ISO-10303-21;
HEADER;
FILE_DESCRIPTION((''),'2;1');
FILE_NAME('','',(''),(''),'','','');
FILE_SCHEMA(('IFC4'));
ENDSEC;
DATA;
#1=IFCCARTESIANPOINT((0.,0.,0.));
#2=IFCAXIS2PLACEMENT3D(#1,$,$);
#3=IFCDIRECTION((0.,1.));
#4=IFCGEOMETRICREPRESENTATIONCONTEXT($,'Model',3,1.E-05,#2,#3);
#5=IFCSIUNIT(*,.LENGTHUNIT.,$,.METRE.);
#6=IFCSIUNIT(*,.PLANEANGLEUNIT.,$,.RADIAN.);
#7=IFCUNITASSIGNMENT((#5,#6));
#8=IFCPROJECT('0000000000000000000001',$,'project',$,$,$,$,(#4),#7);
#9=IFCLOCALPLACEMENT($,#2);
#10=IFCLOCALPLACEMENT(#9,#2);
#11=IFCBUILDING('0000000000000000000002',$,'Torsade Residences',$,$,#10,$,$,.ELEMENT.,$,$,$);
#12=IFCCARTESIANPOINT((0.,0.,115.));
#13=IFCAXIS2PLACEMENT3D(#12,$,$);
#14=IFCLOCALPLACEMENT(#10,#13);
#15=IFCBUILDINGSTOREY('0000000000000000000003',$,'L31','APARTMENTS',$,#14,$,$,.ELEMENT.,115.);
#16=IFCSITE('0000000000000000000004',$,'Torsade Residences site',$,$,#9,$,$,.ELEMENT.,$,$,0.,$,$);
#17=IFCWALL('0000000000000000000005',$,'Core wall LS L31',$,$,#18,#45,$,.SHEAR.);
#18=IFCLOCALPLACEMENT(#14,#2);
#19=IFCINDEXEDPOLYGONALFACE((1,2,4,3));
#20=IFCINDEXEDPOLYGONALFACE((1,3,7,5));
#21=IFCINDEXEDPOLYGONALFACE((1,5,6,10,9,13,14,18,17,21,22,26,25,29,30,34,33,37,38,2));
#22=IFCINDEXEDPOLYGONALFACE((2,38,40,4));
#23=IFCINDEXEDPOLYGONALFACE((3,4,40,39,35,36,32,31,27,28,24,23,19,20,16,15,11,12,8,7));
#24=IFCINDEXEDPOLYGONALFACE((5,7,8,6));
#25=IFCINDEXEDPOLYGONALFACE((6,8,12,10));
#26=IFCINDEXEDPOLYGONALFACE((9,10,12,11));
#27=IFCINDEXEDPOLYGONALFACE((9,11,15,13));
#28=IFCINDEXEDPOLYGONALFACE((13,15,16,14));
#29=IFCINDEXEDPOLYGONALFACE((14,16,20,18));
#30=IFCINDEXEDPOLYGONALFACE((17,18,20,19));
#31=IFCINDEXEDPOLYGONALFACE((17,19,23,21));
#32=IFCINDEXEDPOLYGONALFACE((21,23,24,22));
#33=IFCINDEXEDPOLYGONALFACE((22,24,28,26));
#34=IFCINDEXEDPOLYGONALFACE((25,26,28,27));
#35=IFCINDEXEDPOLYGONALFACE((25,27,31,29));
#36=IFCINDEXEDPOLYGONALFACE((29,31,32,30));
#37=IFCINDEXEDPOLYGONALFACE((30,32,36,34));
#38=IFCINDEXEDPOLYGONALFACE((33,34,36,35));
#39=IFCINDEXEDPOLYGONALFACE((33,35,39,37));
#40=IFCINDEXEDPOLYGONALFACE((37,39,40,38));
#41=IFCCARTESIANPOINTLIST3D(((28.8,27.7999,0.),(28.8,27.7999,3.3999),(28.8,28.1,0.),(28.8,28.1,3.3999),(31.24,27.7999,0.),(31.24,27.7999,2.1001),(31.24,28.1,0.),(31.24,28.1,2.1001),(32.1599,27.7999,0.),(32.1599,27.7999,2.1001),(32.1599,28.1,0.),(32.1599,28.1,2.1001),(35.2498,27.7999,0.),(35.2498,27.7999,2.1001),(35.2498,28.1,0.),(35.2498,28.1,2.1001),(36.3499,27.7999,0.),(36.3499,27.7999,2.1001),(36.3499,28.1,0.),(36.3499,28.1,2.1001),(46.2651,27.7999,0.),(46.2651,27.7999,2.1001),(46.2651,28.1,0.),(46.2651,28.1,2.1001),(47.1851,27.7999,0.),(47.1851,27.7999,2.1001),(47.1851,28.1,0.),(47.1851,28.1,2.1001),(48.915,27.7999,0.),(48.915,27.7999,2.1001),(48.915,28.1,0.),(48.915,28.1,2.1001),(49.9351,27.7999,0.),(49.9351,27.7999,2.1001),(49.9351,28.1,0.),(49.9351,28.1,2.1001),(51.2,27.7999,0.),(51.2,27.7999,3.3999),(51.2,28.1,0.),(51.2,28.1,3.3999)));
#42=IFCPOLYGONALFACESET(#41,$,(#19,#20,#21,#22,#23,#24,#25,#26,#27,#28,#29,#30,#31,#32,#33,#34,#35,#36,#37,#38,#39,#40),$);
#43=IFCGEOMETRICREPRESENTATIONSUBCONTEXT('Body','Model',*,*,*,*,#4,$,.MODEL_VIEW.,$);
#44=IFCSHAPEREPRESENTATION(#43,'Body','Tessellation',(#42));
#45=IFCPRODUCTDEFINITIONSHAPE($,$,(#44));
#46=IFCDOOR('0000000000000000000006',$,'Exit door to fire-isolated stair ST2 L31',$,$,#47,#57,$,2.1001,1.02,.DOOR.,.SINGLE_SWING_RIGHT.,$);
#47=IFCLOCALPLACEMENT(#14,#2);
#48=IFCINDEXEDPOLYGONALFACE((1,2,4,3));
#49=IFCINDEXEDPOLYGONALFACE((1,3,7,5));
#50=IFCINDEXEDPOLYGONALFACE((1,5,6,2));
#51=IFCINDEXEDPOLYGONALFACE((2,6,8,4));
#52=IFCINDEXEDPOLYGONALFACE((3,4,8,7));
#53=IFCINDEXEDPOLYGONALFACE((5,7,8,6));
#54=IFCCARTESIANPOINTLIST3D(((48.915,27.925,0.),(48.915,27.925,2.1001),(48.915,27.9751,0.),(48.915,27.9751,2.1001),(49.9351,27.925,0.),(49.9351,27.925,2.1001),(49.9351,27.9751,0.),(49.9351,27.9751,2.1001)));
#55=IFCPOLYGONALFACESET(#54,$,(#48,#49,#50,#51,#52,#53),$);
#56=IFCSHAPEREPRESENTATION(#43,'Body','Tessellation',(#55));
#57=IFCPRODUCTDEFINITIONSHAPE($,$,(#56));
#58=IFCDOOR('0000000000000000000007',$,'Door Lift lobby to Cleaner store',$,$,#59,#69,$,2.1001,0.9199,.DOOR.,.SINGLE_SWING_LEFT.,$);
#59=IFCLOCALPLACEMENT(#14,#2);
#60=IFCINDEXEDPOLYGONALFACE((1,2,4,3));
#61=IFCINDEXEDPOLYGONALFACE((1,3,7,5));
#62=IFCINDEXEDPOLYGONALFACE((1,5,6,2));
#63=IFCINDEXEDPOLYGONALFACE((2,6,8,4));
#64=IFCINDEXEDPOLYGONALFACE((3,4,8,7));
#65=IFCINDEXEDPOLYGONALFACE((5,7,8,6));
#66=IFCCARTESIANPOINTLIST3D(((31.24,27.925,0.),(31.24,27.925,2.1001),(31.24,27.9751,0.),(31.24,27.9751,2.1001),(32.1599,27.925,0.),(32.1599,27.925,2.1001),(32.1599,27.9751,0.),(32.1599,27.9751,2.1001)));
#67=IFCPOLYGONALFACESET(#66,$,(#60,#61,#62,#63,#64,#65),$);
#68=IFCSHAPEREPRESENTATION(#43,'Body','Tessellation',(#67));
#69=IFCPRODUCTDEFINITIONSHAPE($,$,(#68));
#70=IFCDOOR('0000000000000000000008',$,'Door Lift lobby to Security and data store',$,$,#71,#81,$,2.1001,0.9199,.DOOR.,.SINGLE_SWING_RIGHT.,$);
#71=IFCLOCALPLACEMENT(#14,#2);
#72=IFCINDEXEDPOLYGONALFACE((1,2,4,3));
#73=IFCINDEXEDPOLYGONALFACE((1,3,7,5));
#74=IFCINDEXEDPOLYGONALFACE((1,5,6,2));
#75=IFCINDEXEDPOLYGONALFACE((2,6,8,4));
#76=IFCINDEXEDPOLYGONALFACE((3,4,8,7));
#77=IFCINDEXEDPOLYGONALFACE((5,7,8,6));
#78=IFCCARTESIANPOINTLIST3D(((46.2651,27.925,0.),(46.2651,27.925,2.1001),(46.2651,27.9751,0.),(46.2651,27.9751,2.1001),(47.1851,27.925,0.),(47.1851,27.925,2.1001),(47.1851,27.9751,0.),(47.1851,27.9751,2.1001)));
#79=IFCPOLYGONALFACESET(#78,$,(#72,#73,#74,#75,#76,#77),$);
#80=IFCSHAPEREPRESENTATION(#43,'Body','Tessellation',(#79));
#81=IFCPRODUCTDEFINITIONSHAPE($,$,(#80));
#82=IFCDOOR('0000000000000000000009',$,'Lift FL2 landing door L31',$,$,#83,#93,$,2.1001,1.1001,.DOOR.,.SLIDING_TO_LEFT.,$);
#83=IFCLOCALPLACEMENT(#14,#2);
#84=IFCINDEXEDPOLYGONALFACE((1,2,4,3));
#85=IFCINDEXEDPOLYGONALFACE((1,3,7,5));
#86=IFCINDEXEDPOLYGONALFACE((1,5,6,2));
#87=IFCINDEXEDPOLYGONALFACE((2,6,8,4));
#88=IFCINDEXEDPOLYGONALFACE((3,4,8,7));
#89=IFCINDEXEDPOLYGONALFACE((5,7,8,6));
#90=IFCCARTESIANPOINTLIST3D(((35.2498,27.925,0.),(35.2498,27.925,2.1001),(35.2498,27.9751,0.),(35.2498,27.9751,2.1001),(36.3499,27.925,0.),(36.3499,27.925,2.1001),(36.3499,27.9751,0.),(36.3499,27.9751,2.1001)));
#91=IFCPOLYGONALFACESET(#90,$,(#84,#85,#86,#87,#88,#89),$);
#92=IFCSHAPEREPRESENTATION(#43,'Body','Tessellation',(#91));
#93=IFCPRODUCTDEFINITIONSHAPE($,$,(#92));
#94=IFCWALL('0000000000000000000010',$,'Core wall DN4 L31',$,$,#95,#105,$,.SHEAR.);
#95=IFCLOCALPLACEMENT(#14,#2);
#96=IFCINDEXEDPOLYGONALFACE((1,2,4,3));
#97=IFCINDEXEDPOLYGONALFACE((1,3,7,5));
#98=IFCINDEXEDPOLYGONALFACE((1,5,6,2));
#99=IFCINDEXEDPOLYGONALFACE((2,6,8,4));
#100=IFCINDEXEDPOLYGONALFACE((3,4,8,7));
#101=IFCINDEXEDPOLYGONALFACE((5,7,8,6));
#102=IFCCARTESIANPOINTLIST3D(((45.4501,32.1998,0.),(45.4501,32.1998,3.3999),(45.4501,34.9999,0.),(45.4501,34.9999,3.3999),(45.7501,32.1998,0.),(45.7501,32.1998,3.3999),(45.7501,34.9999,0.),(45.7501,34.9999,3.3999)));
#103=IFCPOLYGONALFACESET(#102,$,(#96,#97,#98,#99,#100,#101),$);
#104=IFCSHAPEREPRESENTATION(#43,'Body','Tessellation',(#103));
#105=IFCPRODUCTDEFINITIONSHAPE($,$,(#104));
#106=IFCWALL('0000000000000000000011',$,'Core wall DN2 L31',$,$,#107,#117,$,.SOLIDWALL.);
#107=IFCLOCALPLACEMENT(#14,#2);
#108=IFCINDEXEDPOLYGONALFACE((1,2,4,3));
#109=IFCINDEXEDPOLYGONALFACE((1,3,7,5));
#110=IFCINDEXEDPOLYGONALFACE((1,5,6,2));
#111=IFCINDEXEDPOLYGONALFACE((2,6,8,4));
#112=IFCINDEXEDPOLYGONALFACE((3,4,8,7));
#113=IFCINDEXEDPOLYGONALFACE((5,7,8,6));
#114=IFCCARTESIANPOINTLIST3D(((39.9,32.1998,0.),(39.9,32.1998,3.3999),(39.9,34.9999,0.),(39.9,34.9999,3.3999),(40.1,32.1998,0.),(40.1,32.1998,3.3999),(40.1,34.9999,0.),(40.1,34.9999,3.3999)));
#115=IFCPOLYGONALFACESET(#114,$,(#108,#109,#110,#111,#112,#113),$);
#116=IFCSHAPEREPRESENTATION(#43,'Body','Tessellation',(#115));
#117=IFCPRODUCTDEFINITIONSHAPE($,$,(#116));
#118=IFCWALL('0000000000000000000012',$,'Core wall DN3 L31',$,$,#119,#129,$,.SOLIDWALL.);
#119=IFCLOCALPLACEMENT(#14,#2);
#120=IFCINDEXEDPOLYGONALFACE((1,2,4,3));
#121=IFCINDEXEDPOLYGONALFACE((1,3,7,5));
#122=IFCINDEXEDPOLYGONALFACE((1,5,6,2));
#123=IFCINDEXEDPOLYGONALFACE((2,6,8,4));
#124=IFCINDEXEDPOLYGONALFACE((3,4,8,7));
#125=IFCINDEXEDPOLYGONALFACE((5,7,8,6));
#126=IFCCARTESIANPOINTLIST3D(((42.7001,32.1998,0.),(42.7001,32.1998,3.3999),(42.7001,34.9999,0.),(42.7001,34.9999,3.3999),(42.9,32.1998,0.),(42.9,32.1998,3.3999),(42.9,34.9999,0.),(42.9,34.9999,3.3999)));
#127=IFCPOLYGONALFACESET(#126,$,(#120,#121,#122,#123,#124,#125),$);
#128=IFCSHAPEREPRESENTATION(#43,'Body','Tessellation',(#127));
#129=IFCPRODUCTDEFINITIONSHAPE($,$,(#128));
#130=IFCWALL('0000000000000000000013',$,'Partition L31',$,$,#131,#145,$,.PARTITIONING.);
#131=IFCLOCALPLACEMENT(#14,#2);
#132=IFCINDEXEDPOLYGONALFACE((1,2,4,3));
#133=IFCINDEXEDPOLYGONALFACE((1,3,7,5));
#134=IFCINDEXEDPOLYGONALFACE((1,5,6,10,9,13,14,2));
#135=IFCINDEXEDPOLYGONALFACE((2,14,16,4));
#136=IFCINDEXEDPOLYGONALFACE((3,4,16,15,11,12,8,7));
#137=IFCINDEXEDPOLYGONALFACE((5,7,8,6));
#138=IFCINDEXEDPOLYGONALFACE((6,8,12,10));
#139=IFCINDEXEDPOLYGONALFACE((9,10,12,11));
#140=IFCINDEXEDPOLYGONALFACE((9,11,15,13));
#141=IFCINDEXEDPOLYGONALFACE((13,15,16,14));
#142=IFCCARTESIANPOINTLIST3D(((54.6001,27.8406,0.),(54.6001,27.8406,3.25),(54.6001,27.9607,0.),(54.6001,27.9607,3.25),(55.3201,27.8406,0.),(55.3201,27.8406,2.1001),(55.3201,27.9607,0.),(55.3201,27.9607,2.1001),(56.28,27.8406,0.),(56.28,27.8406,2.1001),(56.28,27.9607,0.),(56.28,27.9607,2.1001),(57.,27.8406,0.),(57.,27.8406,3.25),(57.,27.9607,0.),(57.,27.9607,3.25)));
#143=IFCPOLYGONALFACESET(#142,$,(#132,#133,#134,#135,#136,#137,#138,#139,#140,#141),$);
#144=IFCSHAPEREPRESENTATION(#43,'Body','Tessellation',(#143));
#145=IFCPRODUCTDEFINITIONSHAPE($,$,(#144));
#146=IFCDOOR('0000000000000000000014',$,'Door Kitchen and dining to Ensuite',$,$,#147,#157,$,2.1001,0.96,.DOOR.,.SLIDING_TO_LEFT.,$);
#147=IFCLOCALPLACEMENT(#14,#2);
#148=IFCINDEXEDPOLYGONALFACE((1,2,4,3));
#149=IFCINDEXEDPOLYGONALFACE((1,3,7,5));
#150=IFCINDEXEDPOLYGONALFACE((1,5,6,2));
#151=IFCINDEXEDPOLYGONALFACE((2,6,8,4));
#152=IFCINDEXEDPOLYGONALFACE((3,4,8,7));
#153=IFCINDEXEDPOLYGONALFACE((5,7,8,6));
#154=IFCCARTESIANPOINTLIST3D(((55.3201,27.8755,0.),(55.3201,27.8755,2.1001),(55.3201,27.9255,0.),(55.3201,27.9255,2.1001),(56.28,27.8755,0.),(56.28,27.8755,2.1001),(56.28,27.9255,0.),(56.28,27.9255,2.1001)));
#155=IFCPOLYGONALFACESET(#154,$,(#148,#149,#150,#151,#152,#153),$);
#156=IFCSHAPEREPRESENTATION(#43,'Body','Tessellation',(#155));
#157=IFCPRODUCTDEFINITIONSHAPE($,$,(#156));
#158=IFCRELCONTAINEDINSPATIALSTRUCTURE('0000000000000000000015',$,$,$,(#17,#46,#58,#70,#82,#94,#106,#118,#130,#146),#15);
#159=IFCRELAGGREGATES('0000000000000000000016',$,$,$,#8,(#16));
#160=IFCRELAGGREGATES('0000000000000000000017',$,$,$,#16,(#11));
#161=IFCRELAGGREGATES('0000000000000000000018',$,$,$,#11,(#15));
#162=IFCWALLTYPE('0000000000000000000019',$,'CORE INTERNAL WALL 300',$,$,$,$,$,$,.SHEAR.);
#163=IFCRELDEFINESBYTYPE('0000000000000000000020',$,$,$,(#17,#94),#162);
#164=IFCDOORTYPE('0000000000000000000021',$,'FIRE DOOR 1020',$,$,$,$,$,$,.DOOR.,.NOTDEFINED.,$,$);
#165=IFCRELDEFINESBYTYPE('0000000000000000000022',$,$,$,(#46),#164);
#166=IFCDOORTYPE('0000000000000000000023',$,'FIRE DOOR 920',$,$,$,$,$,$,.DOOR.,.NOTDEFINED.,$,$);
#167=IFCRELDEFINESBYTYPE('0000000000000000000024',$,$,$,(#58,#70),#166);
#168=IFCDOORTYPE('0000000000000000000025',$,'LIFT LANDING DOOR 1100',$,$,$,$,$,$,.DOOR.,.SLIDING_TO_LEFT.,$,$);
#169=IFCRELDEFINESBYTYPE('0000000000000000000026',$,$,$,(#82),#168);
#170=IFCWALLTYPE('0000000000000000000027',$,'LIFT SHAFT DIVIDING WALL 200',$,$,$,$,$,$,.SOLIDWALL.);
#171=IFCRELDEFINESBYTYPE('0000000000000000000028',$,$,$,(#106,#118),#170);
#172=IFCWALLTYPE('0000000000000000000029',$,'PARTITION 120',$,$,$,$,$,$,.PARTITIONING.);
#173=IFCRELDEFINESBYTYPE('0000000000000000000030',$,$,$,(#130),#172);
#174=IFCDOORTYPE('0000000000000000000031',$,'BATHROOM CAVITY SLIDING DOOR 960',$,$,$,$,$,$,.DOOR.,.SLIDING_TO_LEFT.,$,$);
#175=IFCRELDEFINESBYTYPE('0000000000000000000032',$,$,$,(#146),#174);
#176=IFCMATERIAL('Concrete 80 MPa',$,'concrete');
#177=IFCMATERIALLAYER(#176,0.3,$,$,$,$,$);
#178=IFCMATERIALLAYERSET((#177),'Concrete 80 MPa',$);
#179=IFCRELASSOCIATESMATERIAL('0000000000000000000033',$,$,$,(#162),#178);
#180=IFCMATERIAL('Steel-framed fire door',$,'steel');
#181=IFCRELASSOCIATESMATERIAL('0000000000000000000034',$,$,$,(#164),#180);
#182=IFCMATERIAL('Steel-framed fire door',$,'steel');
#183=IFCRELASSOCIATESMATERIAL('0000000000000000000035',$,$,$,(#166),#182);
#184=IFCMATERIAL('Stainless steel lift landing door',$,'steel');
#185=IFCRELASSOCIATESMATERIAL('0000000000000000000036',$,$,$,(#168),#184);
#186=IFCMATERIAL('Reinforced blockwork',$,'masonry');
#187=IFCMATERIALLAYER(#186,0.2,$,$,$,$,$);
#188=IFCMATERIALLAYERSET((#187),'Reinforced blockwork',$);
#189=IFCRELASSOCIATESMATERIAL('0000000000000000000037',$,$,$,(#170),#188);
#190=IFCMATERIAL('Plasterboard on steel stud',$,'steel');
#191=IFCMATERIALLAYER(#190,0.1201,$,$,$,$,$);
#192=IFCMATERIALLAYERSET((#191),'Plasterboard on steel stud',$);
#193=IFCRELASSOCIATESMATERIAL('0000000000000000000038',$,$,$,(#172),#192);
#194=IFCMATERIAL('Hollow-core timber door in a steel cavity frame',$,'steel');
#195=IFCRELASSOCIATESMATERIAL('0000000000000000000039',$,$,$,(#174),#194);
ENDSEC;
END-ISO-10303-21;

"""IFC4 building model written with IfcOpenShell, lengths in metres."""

from ifc_helpers import new_model, si_unit, direction, frame, frame_2d, origin, place, context, subcontext, project, spatial, rectangle, extrude, material, layer, layer_set, type_object, element, fill, save


model = new_model("IFC4")

# Units and contexts
model_context = context("Model", 3, precision=1e-05, world=origin(), true_north=direction((0.0, 1.0)))
body_context = subcontext(model_context, "Body", "Model", "MODEL_VIEW")
ifc_project = project(units=[si_unit("LENGTHUNIT", "METRE"), si_unit("PLANEANGLEUNIT", "RADIAN")], contexts=[model_context])

# Site, building, storey
site_placement = place(None, origin())
site = spatial("IfcSite", under=ifc_project, at=site_placement, Name="Torsade Residences site", CompositionType="ELEMENT", RefElevation=0.0)
building_placement = place(site_placement, origin())
building = spatial("IfcBuilding", under=site, at=building_placement, Name="Torsade Residences", CompositionType="ELEMENT")
storey_placement = place(building_placement, frame((0.0, 0.0, 115.0)))
storey = spatial("IfcBuildingStorey", under=building, at=storey_placement, Name="L31", Description="APARTMENTS", CompositionType="ELEMENT", Elevation=115.0)

# Wall, openings, doors
ifc_material_1 = material(Name="Concrete 80 MPa", Category="concrete")
ifc_layer_1 = layer(ifc_material_1, 0.3)
ifc_layer_set_1 = layer_set([ifc_layer_1], Name="Concrete 80 MPa")
wall_type_1 = type_object("IfcWallType", Name="CORE INTERNAL WALL 300", PredefinedType="SHEAR", material=ifc_layer_set_1)
wall_1_placement = place(storey_placement, frame((51.2, 27.95, 0.0), z_axis=(0.0, 0.0, 1.0), x_axis=(-1.0, 0.0, 0.0)))
wall_1 = element("IfcWall", 1, at=wall_1_placement, inside=storey, type_object=wall_type_1, Name="Core wall LS L31", PredefinedType="SHEAR", context=body_context, shape_type="SweptSolid", body=[
    extrude(rectangle(XDim=22.3999, YDim=0.3, at=frame_2d((11.2, 0.0))), origin(), (0.0, 0.0, 1.0), 3.3999),
])
opening_1_placement = place(wall_1_placement, frame((19.04, 0.0, 0.0)))
opening_1 = element("IfcOpeningElement", 2, at=opening_1_placement, cuts=wall_1, PredefinedType="OPENING", context=body_context, shape_type="SweptSolid", body=[
    extrude(rectangle(XDim=0.9199, YDim=2.1001, at=frame_2d((0.46, 1.05))), frame((0.0, 0.1599, 0.0), z_axis=(0.0, -1.0, 0.0), x_axis=(1.0, 0.0, 0.0)), (0.0, 0.0, 1.0), 0.3201),
])
opening_2_placement = place(wall_1_placement, frame((1.2649, 0.0, 0.0)))
opening_2 = element("IfcOpeningElement", 3, at=opening_2_placement, cuts=wall_1, PredefinedType="OPENING", context=body_context, shape_type="SweptSolid", body=[
    extrude(rectangle(XDim=1.02, YDim=2.1001, at=frame_2d((0.51, 1.05))), frame((0.0, 0.1599, 0.0), z_axis=(0.0, -1.0, 0.0), x_axis=(1.0, 0.0, 0.0)), (0.0, 0.0, 1.0), 0.3201),
])
opening_3_placement = place(wall_1_placement, frame((4.0149, 0.0, 0.0)))
opening_3 = element("IfcOpeningElement", 4, at=opening_3_placement, cuts=wall_1, PredefinedType="OPENING", context=body_context, shape_type="SweptSolid", body=[
    extrude(rectangle(XDim=0.9199, YDim=2.1001, at=frame_2d((0.46, 1.05))), frame((0.0, 0.1599, 0.0), z_axis=(0.0, -1.0, 0.0), x_axis=(1.0, 0.0, 0.0)), (0.0, 0.0, 1.0), 0.3201),
])
opening_4_placement = place(wall_1_placement, frame((14.8501, 0.0, 0.0)))
opening_4 = element("IfcOpeningElement", 5, at=opening_4_placement, cuts=wall_1, PredefinedType="OPENING", context=body_context, shape_type="SweptSolid", body=[
    extrude(rectangle(XDim=1.1001, YDim=2.1001, at=frame_2d((0.55, 1.05))), frame((0.0, 0.1599, 0.0), z_axis=(0.0, -1.0, 0.0), x_axis=(1.0, 0.0, 0.0)), (0.0, 0.0, 1.0), 0.3201),
])
ifc_material_2 = material(Name="Steel-framed fire door", Category="steel")
door_type_1 = type_object("IfcDoorType", Name="FIRE DOOR 1020", OperationType="NOTDEFINED", PredefinedType="DOOR", material=ifc_material_2)
door_1_placement = place(opening_2_placement, origin())
door_1 = element("IfcDoor", 6, at=door_1_placement, inside=storey, type_object=door_type_1, Name="Exit door to fire-isolated stair ST2 L31", OperationType="SINGLE_SWING_RIGHT", OverallHeight=2.1001, OverallWidth=1.02, PredefinedType="DOOR", context=body_context, shape_type="SweptSolid", body=[
    extrude(rectangle(XDim=1.02, YDim=2.1001, at=frame_2d((0.51, 1.05))), frame((0.0, 0.0249, 0.0), z_axis=(0.0, -1.0, 0.0), x_axis=(1.0, 0.0, 0.0)), (0.0, 0.0, 1.0), 0.05),
])
fill(opening_2, door_1)
ifc_material_3 = material(Name="Steel-framed fire door", Category="steel")
door_type_2 = type_object("IfcDoorType", Name="FIRE DOOR 920", OperationType="NOTDEFINED", PredefinedType="DOOR", material=ifc_material_3)
door_2_placement = place(opening_1_placement, origin())
door_2 = element("IfcDoor", 7, at=door_2_placement, inside=storey, type_object=door_type_2, Name="Door Lift lobby to Cleaner store", OperationType="SINGLE_SWING_LEFT", OverallHeight=2.1001, OverallWidth=0.9199, PredefinedType="DOOR", context=body_context, shape_type="SweptSolid", body=[
    extrude(rectangle(XDim=0.9199, YDim=2.1001, at=frame_2d((0.46, 1.05))), frame((0.0, 0.0249, 0.0), z_axis=(0.0, -1.0, 0.0), x_axis=(1.0, 0.0, 0.0)), (0.0, 0.0, 1.0), 0.05),
])
fill(opening_1, door_2)
door_3_placement = place(opening_3_placement, origin())
door_3 = element("IfcDoor", 8, at=door_3_placement, inside=storey, type_object=door_type_2, Name="Door Lift lobby to Security and data store", OperationType="SINGLE_SWING_RIGHT", OverallHeight=2.1001, OverallWidth=0.9199, PredefinedType="DOOR", context=body_context, shape_type="SweptSolid", body=[
    extrude(rectangle(XDim=0.9199, YDim=2.1001, at=frame_2d((0.46, 1.05))), frame((0.0, 0.0249, 0.0), z_axis=(0.0, -1.0, 0.0), x_axis=(1.0, 0.0, 0.0)), (0.0, 0.0, 1.0), 0.05),
])
fill(opening_3, door_3)
ifc_material_4 = material(Name="Stainless steel lift landing door", Category="steel")
door_type_3 = type_object("IfcDoorType", Name="LIFT LANDING DOOR 1100", OperationType="SLIDING_TO_LEFT", PredefinedType="DOOR", material=ifc_material_4)
door_4_placement = place(opening_4_placement, origin())
door_4 = element("IfcDoor", 9, at=door_4_placement, inside=storey, type_object=door_type_3, Name="Lift FL2 landing door L31", OperationType="SLIDING_TO_LEFT", OverallHeight=2.1001, OverallWidth=1.1001, PredefinedType="DOOR", context=body_context, shape_type="SweptSolid", body=[
    extrude(rectangle(XDim=1.1001, YDim=2.1001, at=frame_2d((0.55, 1.05))), frame((0.0, 0.0249, 0.0), z_axis=(0.0, -1.0, 0.0), x_axis=(1.0, 0.0, 0.0)), (0.0, 0.0, 1.0), 0.05),
])
fill(opening_4, door_4)

# Walls
wall_2_placement = place(storey_placement, frame((45.6001, 32.2, 0.0), z_axis=(0.0, 0.0, 1.0), x_axis=(0.0, 1.0, 0.0)))
element("IfcWall", 10, at=wall_2_placement, inside=storey, type_object=wall_type_1, Name="Core wall DN4 L31", PredefinedType="SHEAR", context=body_context, shape_type="SweptSolid", body=[
    extrude(rectangle(XDim=2.8, YDim=0.3, at=frame_2d((1.3999, 0.0))), origin(), (0.0, 0.0, 1.0), 3.3999),
])
ifc_material_5 = material(Name="Reinforced blockwork", Category="masonry")
ifc_layer_2 = layer(ifc_material_5, 0.2)
ifc_layer_set_2 = layer_set([ifc_layer_2], Name="Reinforced blockwork")
wall_type_2 = type_object("IfcWallType", Name="LIFT SHAFT DIVIDING WALL 200", PredefinedType="SOLIDWALL", material=ifc_layer_set_2)
for number, where, z_axis, x_axis, name in (
    (11, (40.0, 32.2, 0.0), (0.0, 0.0, 1.0), (0.0, 1.0, 0.0), "Core wall DN2 L31"),
    (12, (42.8, 32.2, 0.0), (0.0, 0.0, 1.0), (0.0, 1.0, 0.0), "Core wall DN3 L31"),
):
    element("IfcWall", number, at=place(storey_placement, frame(where, z_axis=z_axis, x_axis=x_axis)), inside=storey, type_object=wall_type_2, Name=name, PredefinedType="SOLIDWALL", context=body_context, shape_type="SweptSolid", body=[
        extrude(rectangle(XDim=2.8, YDim=0.2, at=frame_2d((1.3999, 0.0))), origin(), (0.0, 0.0, 1.0), 3.3999),
    ])

# Wall, opening, door
ifc_material_6 = material(Name="Plasterboard on steel stud", Category="steel")
ifc_layer_3 = layer(ifc_material_6, 0.1201)
ifc_layer_set_3 = layer_set([ifc_layer_3], Name="Plasterboard on steel stud")
wall_type_3 = type_object("IfcWallType", Name="PARTITION 120", PredefinedType="PARTITIONING", material=ifc_layer_set_3)
wall_3_placement = place(storey_placement, frame((54.6001, 27.9006, 0.0), z_axis=(0.0, 0.0, 1.0), x_axis=(1.0, 0.0, 0.0)))
wall_3 = element("IfcWall", 13, at=wall_3_placement, inside=storey, type_object=wall_type_3, Name="Partition L31", PredefinedType="PARTITIONING", context=body_context, shape_type="SweptSolid", body=[
    extrude(rectangle(XDim=2.3999, YDim=0.1201, at=frame_2d((1.2, 0.0))), origin(), (0.0, 0.0, 1.0), 3.25),
])
opening_5_placement = place(wall_3_placement, frame((0.72, 0.0, 0.0)))
opening_5 = element("IfcOpeningElement", 14, at=opening_5_placement, cuts=wall_3, PredefinedType="OPENING", context=body_context, shape_type="SweptSolid", body=[
    extrude(rectangle(XDim=0.96, YDim=2.1001, at=frame_2d((0.48, 1.05))), frame((0.0, 0.0701, 0.0), z_axis=(0.0, -1.0, 0.0), x_axis=(1.0, 0.0, 0.0)), (0.0, 0.0, 1.0), 0.1401),
])
ifc_material_7 = material(Name="Hollow-core timber door in a steel cavity frame", Category="steel")
door_type_4 = type_object("IfcDoorType", Name="BATHROOM CAVITY SLIDING DOOR 960", OperationType="SLIDING_TO_LEFT", PredefinedType="DOOR", material=ifc_material_7)
door_5_placement = place(opening_5_placement, origin())
door_5 = element("IfcDoor", 15, at=door_5_placement, inside=storey, type_object=door_type_4, Name="Door Kitchen and dining to Ensuite", OperationType="SLIDING_TO_LEFT", OverallHeight=2.1001, OverallWidth=0.96, PredefinedType="DOOR", context=body_context, shape_type="SweptSolid", body=[
    extrude(rectangle(XDim=0.96, YDim=2.1001, at=frame_2d((0.48, 1.05))), frame((0.0, 0.0249, 0.0), z_axis=(0.0, -1.0, 0.0), x_axis=(1.0, 0.0, 0.0)), (0.0, 0.0, 1.0), 0.05),
])
fill(opening_5, door_5)

save(model, "model.ifc")
